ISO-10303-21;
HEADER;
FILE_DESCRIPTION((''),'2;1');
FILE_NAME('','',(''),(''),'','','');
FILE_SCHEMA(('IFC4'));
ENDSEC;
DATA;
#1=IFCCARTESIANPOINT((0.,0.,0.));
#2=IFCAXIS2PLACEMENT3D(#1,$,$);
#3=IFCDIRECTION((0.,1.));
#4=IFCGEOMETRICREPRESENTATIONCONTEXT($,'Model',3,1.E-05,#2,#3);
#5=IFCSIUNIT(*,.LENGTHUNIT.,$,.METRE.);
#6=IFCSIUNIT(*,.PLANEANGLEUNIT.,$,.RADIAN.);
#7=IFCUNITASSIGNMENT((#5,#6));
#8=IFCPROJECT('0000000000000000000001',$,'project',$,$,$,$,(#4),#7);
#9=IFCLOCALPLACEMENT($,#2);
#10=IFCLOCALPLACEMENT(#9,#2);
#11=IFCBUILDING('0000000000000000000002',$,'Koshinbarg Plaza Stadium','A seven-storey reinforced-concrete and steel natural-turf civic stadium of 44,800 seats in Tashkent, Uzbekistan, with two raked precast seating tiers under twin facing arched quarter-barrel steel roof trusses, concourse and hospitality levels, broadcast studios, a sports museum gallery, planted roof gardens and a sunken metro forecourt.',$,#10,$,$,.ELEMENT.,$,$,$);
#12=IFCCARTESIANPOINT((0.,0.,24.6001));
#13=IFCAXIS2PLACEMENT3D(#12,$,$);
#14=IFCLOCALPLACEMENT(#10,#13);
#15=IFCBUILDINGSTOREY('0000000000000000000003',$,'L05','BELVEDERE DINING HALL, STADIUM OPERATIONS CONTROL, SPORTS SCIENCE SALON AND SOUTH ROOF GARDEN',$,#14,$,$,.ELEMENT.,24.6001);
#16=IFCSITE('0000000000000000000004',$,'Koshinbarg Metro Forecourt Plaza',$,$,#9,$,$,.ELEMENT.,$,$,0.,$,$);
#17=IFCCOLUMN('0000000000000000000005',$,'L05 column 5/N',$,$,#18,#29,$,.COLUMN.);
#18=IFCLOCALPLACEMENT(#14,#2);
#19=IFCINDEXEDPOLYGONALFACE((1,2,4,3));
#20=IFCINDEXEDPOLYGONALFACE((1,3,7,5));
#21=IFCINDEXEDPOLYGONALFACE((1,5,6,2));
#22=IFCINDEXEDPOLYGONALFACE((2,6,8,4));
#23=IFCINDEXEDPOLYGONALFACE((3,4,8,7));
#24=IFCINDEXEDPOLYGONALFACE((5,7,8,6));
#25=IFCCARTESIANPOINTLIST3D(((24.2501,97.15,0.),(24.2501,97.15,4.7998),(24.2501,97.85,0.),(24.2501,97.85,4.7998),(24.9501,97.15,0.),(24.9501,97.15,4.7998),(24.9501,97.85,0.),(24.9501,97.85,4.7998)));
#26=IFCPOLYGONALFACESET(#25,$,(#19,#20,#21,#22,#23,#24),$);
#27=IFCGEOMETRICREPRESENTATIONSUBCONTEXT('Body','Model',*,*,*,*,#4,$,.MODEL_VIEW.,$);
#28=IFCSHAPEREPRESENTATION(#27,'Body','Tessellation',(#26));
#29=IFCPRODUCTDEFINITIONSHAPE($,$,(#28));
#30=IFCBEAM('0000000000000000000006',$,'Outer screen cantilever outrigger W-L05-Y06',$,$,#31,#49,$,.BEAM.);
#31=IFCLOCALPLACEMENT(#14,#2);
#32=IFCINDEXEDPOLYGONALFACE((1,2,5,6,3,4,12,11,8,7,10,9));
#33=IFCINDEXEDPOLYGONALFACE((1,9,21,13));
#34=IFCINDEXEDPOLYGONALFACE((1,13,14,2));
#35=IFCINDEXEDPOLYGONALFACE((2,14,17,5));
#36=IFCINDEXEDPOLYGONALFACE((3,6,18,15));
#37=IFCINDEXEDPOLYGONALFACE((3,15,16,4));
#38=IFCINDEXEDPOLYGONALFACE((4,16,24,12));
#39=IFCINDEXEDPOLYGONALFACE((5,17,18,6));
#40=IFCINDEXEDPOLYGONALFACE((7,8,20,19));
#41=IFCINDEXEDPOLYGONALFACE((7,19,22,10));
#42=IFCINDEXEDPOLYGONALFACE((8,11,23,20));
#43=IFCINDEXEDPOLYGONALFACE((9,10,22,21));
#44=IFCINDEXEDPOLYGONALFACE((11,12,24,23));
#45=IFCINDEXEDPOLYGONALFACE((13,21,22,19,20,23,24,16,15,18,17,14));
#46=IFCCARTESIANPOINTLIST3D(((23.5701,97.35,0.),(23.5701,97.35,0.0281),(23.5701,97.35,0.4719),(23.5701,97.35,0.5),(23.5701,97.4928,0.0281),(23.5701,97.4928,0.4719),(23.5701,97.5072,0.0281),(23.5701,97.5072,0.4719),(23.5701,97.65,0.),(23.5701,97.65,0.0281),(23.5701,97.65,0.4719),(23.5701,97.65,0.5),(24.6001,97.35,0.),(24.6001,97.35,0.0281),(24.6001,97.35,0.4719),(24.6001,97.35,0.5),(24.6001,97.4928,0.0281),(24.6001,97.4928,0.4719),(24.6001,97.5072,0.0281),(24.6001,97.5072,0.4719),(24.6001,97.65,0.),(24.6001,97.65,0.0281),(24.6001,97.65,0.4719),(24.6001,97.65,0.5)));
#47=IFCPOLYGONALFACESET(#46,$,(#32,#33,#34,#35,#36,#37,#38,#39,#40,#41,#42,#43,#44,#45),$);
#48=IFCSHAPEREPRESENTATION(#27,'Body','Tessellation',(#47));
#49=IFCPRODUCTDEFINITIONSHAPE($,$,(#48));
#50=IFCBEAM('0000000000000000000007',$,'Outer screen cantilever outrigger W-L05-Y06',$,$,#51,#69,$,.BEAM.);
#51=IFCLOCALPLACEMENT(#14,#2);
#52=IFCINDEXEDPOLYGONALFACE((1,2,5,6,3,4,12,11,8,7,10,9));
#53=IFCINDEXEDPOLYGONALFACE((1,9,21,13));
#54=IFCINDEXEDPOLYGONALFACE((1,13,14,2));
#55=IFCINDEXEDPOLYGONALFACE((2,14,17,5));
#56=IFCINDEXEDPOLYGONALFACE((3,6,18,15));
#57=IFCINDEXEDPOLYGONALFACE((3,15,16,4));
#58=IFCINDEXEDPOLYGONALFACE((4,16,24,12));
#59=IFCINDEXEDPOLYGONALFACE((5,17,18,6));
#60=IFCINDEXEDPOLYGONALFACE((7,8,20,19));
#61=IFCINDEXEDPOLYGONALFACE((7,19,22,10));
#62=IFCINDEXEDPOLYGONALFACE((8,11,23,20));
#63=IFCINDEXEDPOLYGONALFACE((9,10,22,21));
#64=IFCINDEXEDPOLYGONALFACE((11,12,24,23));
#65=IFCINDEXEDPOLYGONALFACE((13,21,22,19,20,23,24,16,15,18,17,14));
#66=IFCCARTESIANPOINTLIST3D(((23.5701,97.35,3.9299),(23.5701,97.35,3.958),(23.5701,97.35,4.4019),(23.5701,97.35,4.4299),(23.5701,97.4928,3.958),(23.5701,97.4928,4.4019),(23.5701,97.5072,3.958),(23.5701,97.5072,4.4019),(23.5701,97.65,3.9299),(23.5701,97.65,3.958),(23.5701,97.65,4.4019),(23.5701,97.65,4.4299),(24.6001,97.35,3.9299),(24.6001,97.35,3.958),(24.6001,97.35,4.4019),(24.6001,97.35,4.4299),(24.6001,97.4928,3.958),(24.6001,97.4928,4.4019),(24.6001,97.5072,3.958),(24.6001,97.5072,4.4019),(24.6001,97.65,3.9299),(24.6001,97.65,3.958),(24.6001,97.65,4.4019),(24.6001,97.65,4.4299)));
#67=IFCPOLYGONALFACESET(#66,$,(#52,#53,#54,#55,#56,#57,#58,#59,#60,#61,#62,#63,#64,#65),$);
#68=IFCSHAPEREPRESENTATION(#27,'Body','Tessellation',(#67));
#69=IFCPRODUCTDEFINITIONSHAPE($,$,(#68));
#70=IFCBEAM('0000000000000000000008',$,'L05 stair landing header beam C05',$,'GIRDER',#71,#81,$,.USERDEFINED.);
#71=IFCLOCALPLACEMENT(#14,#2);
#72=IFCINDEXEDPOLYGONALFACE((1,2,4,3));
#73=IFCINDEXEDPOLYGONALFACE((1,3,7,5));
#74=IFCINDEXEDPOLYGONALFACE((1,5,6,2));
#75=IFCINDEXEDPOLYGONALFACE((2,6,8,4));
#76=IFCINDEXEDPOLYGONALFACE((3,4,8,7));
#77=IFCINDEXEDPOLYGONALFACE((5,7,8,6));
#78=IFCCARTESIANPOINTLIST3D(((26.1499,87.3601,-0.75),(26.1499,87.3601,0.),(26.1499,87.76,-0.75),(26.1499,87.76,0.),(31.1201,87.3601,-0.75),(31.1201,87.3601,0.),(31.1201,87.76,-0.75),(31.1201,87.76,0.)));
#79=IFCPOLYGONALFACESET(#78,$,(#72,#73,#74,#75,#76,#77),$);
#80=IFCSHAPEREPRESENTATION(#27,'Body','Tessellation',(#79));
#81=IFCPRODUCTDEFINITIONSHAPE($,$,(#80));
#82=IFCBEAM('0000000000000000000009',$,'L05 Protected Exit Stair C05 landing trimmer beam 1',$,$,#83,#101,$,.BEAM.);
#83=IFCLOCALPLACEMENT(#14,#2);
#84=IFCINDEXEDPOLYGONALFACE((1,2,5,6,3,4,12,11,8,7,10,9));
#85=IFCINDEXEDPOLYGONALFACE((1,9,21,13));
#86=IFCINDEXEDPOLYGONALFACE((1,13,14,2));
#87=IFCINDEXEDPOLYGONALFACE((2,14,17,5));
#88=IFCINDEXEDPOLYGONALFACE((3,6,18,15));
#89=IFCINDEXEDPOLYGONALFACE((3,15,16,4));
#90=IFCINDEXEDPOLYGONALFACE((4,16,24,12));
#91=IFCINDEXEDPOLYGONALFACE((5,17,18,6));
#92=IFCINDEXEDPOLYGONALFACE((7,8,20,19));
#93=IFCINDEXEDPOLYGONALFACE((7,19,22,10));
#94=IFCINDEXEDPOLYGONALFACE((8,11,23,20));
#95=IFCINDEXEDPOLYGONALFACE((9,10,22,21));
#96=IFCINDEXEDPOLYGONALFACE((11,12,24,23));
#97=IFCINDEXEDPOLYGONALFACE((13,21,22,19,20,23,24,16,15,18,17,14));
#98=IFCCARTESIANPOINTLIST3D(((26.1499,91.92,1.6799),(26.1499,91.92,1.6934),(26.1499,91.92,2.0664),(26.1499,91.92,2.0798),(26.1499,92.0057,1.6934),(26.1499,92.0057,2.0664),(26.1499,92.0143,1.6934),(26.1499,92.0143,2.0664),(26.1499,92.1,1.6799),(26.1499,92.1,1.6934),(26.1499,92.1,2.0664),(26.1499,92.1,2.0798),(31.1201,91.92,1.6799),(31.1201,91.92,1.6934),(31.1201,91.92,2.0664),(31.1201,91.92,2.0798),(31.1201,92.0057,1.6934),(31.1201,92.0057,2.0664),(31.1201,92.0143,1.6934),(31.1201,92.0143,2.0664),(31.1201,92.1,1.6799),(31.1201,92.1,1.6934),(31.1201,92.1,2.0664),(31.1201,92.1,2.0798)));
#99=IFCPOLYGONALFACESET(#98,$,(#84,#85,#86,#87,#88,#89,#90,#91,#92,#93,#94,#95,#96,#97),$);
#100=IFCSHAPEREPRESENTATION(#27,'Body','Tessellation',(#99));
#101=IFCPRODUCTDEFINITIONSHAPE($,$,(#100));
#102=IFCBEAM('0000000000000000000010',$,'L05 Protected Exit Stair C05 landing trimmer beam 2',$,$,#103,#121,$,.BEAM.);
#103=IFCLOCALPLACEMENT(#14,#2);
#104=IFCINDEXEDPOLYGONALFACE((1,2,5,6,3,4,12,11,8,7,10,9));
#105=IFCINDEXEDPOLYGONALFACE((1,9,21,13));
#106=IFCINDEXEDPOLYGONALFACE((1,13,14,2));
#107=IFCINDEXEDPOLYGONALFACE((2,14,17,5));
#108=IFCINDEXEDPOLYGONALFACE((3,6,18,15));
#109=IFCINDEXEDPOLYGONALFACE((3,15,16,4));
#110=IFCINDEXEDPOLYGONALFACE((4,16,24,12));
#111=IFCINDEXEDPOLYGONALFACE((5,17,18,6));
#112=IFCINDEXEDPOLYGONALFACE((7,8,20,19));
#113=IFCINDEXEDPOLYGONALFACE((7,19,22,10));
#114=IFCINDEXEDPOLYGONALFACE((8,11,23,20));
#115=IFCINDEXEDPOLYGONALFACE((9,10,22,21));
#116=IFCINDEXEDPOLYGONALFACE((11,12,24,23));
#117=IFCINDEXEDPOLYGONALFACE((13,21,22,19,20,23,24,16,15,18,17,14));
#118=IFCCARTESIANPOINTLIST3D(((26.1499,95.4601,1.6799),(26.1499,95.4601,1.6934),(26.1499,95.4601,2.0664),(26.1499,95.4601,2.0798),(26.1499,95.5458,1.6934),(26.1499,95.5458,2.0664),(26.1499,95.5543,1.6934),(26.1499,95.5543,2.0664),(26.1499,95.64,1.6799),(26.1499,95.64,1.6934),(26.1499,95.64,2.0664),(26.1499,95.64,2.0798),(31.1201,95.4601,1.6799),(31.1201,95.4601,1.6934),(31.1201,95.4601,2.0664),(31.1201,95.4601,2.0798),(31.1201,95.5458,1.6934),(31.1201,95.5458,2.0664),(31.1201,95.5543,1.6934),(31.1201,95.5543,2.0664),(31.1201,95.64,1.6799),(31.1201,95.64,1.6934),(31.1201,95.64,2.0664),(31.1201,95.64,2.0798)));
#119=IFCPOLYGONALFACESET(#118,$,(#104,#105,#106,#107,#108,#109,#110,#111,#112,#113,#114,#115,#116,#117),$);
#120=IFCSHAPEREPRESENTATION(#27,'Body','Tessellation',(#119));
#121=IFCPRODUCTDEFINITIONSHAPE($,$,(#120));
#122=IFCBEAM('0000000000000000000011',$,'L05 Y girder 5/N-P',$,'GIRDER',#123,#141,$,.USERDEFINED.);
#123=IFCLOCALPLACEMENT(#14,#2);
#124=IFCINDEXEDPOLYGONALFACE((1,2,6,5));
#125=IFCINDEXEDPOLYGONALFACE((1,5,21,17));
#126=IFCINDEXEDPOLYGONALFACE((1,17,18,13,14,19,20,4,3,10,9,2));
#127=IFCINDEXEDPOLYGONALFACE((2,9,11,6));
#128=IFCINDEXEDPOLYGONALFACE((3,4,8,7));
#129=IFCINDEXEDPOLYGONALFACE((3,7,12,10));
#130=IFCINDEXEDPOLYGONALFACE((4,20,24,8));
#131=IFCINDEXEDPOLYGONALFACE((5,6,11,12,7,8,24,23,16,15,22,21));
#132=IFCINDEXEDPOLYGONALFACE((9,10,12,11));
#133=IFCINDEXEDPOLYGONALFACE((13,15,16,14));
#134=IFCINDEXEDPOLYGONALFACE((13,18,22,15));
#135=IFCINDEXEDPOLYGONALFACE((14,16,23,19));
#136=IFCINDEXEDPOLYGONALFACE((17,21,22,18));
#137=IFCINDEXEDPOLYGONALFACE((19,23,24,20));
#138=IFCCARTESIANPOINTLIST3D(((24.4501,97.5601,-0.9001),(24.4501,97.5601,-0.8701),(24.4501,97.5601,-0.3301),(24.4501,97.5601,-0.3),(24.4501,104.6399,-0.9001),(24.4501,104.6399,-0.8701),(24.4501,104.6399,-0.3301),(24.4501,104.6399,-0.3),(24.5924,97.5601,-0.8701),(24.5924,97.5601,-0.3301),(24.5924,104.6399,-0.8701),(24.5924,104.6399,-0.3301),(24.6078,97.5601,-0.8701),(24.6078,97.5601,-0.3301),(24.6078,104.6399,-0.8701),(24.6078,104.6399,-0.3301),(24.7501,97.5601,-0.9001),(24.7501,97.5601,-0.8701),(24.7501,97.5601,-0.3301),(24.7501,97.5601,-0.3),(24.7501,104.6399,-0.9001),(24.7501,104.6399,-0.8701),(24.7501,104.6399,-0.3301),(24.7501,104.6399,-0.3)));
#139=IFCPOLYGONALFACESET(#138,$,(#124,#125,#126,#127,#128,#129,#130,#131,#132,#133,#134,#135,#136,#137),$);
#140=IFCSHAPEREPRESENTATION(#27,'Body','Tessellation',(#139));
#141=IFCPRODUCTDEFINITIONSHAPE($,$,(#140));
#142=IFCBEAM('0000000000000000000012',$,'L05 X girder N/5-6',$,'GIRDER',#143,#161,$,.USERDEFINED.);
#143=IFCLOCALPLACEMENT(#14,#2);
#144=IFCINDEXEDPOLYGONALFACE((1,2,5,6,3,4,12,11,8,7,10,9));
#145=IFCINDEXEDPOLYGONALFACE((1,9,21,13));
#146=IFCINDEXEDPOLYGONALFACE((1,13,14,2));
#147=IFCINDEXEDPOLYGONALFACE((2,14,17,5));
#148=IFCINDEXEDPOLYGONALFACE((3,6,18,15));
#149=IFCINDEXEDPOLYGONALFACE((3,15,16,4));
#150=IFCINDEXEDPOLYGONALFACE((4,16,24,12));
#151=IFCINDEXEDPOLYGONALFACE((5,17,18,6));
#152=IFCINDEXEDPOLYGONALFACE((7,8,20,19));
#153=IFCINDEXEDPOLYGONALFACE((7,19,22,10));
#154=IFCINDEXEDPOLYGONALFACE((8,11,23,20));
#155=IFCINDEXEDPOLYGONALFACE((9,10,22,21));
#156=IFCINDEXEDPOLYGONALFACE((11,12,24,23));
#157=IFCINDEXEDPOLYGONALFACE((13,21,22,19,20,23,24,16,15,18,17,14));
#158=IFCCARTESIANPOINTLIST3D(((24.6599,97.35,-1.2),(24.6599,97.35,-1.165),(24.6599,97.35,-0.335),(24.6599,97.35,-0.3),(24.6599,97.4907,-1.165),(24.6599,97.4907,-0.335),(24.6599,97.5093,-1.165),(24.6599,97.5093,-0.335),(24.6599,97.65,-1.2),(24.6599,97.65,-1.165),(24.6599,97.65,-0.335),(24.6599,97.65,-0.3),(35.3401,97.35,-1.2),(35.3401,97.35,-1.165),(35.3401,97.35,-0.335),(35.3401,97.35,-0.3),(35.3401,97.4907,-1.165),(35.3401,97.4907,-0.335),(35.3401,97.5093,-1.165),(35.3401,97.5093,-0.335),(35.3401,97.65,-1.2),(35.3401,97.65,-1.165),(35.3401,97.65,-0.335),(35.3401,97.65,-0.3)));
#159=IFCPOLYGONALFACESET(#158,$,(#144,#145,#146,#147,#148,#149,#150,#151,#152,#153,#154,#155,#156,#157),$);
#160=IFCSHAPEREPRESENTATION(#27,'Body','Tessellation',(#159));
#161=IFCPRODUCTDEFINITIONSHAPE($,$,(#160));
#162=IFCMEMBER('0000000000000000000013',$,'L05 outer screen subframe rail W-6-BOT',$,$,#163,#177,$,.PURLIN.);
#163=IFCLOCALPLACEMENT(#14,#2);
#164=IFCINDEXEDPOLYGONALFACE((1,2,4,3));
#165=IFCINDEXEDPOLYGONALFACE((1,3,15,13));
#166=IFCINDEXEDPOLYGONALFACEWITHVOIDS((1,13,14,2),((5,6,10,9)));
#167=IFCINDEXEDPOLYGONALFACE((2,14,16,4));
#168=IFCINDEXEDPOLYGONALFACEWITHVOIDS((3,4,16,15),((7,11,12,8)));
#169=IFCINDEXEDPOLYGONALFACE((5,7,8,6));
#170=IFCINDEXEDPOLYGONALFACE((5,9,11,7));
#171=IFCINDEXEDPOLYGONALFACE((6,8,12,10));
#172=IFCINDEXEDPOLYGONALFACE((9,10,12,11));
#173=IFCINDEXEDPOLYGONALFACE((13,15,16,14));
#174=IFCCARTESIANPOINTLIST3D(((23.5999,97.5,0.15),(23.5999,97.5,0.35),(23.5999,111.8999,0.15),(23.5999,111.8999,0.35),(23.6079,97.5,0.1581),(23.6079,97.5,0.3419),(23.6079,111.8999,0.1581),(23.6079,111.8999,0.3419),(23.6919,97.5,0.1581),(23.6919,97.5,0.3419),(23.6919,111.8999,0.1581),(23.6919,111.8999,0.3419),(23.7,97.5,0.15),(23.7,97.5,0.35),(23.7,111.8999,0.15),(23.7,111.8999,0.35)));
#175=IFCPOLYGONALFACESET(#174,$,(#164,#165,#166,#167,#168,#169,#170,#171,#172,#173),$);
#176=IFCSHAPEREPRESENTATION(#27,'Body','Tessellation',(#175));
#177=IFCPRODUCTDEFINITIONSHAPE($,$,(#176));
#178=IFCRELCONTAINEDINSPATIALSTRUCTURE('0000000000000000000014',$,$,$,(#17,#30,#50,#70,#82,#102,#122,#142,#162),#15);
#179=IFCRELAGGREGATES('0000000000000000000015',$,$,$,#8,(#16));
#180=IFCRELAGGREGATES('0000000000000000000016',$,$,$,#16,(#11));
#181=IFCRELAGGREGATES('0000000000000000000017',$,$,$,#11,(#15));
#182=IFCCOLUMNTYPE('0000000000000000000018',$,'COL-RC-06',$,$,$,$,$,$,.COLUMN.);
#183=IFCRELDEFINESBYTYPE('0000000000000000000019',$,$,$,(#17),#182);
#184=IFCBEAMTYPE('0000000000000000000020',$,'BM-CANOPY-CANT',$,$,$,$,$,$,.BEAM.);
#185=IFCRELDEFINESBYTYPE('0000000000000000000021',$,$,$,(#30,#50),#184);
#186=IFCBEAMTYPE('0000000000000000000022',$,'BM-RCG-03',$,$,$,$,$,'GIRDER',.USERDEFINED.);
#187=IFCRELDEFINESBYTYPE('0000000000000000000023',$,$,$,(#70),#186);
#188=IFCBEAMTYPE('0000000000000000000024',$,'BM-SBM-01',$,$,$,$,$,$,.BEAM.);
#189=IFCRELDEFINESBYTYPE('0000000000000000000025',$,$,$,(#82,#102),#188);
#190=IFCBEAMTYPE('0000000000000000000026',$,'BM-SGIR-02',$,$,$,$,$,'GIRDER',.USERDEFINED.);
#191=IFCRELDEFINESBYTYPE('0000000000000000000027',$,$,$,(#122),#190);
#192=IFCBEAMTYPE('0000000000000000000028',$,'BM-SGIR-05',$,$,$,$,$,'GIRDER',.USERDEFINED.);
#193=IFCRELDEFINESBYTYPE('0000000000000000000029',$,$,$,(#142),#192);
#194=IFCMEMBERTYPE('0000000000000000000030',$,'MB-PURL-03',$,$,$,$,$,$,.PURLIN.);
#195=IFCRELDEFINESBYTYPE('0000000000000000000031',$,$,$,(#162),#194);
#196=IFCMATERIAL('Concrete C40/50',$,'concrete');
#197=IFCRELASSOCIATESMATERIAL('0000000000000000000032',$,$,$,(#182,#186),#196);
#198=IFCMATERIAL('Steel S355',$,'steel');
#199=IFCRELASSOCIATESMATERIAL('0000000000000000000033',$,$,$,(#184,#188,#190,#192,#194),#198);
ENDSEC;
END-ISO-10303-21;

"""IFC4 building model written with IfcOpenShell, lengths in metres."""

from ifc_helpers import new_model, si_unit, direction, frame, origin, origin_2d, place, context, subcontext, project, spatial, rectangle, hollow_rectangle, i_section, extrude, material, material_profile, profile_set, type_object, element, save


model = new_model("IFC4")

# Units and contexts
model_context = context("Model", 3, precision=1e-05, world=origin(), true_north=direction((0.0, 1.0)))
body_context = subcontext(model_context, "Body", "Model", "MODEL_VIEW")
ifc_project = project(units=[si_unit("LENGTHUNIT", "METRE"), si_unit("PLANEANGLEUNIT", "RADIAN")], contexts=[model_context])

# Site, building, storey
site_placement = place(None, origin())
site = spatial("IfcSite", under=ifc_project, at=site_placement, Name="Koshinbarg Metro Forecourt Plaza", CompositionType="ELEMENT", RefElevation=0.0)
building_placement = place(site_placement, origin())
building = spatial("IfcBuilding", under=site, at=building_placement, Name="Koshinbarg Plaza Stadium", Description="A seven-storey reinforced-concrete and steel natural-turf civic stadium of 44,800 seats in Tashkent, Uzbekistan, with two raked precast seating tiers under twin facing arched quarter-barrel steel roof trusses, concourse and hospitality levels, broadcast studios, a sports museum gallery, planted roof gardens and a sunken metro forecourt.", CompositionType="ELEMENT")
storey_placement = place(building_placement, frame((0.0, 0.0, 24.6001)))
storey = spatial("IfcBuildingStorey", under=building, at=storey_placement, Name="L05", Description="BELVEDERE DINING HALL, STADIUM OPERATIONS CONTROL, SPORTS SCIENCE SALON AND SOUTH ROOF GARDEN", CompositionType="ELEMENT", Elevation=24.6001)

# Column
ifc_material_1 = material(Name="Concrete C40/50", Category="concrete")
ifc_material_profile_1 = material_profile(ifc_material_1, rectangle(XDim=0.7, YDim=0.7, at=origin_2d()), Name="RC 700x700")
ifc_profile_set_1 = profile_set([ifc_material_profile_1], Name="Concrete C40/50")
column_type = type_object("IfcColumnType", Name="COL-RC-06", PredefinedType="COLUMN", material=ifc_profile_set_1)
column_placement = place(storey_placement, frame((24.6001, 97.5, 0.0), z_axis=(0.0, 0.0, 1.0), x_axis=(1.0, 0.0, 0.0)))
element("IfcColumn", 1, at=column_placement, inside=storey, type_object=column_type, Name="L05 column 5/N", PredefinedType="COLUMN", context=body_context, shape_type="SweptSolid", body=[
    extrude(rectangle(XDim=0.7, YDim=0.7, at=origin_2d()), origin(), (0.0, 0.0, 1.0), 4.7998),
])

# Beams
ifc_material_2 = material(Name="Steel S355", Category="steel")
ifc_material_profile_2 = material_profile(ifc_material_2, i_section(OverallWidth=0.3, OverallDepth=0.5, WebThickness=0.0144, FlangeThickness=0.0281, at=origin_2d()), Name="HEB 500")
ifc_profile_set_2 = profile_set([ifc_material_profile_2], Name="Steel S355")
beam_type_1 = type_object("IfcBeamType", Name="BM-CANOPY-CANT", PredefinedType="BEAM", material=ifc_profile_set_2)
for number, where, z_axis, x_axis, name in (
    (2, (24.6001, 97.5, 0.25), (-1.0, 0.0, 0.0), (0.0, -1.0, 0.0), "Outer screen cantilever outrigger W-L05-Y06"),
    (3, (24.6001, 97.5, 4.1799), (-1.0, 0.0, 0.0), (0.0, -1.0, 0.0), "Outer screen cantilever outrigger W-L05-Y06"),
):
    element("IfcBeam", number, at=place(storey_placement, frame(where, z_axis=z_axis, x_axis=x_axis)), inside=storey, type_object=beam_type_1, Name=name, PredefinedType="BEAM", context=body_context, shape_type="SweptSolid", body=[
        extrude(i_section(OverallWidth=0.3, OverallDepth=0.5, WebThickness=0.0144, FlangeThickness=0.0281, at=origin_2d()), origin(), (0.0, 0.0, 1.0), 1.03),
    ])
ifc_material_profile_3 = material_profile(ifc_material_1, rectangle(XDim=0.3999, YDim=0.75, at=origin_2d()), Name="RC 400x750")
ifc_profile_set_3 = profile_set([ifc_material_profile_3], Name="Concrete C40/50")
beam_type_2 = type_object("IfcBeamType", Name="BM-RCG-03", ElementType="GIRDER", PredefinedType="USERDEFINED", material=ifc_profile_set_3)
beam_1_placement = place(storey_placement, frame((26.1499, 87.5601, -0.375), z_axis=(1.0, 0.0, 0.0), x_axis=(0.0, 1.0, 0.0)))
element("IfcBeam", 4, at=beam_1_placement, inside=storey, type_object=beam_type_2, Name="L05 stair landing header beam C05", ObjectType="GIRDER", PredefinedType="USERDEFINED", context=body_context, shape_type="SweptSolid", body=[
    extrude(rectangle(XDim=0.3999, YDim=0.75, at=origin_2d()), origin(), (0.0, 0.0, 1.0), 4.9702),
])
ifc_material_profile_4 = material_profile(ifc_material_2, i_section(OverallWidth=0.1799, OverallDepth=0.3999, WebThickness=0.0085, FlangeThickness=0.0134, at=origin_2d()), Name="IPE 400")
ifc_profile_set_4 = profile_set([ifc_material_profile_4], Name="Steel S355")
beam_type_3 = type_object("IfcBeamType", Name="BM-SBM-01", PredefinedType="BEAM", material=ifc_profile_set_4)
for number, where, z_axis, x_axis, name in (
    (5, (26.1499, 92.01, 1.8799), (1.0, 0.0, 0.0), (0.0, 1.0, 0.0), "L05 Protected Exit Stair C05 landing trimmer beam 1"),
    (6, (26.1499, 95.55, 1.8799), (1.0, 0.0, 0.0), (0.0, 1.0, 0.0), "L05 Protected Exit Stair C05 landing trimmer beam 2"),
):
    element("IfcBeam", number, at=place(storey_placement, frame(where, z_axis=z_axis, x_axis=x_axis)), inside=storey, type_object=beam_type_3, Name=name, PredefinedType="BEAM", context=body_context, shape_type="SweptSolid", body=[
        extrude(i_section(OverallWidth=0.1799, OverallDepth=0.3999, WebThickness=0.0085, FlangeThickness=0.0134, at=origin_2d()), origin(), (0.0, 0.0, 1.0), 4.9702),
    ])
ifc_material_profile_5 = material_profile(ifc_material_2, i_section(OverallWidth=0.3, OverallDepth=0.6001, WebThickness=0.0154, FlangeThickness=0.03, at=origin_2d()), Name="HEB 600")
ifc_profile_set_5 = profile_set([ifc_material_profile_5], Name="Steel S355")
beam_type_4 = type_object("IfcBeamType", Name="BM-SGIR-02", ElementType="GIRDER", PredefinedType="USERDEFINED", material=ifc_profile_set_5)
beam_2_placement = place(storey_placement, frame((24.6001, 97.5601, -0.6001), z_axis=(0.0, 1.0, 0.0), x_axis=(-1.0, 0.0, 0.0)))
element("IfcBeam", 7, at=beam_2_placement, inside=storey, type_object=beam_type_4, Name="L05 Y girder 5/N-P", ObjectType="GIRDER", PredefinedType="USERDEFINED", context=body_context, shape_type="SweptSolid", body=[
    extrude(i_section(OverallWidth=0.3, OverallDepth=0.6001, WebThickness=0.0154, FlangeThickness=0.03, at=origin_2d()), origin(), (0.0, 0.0, 1.0), 7.0798),
])
ifc_material_profile_6 = material_profile(ifc_material_2, i_section(OverallWidth=0.3, OverallDepth=0.8999, WebThickness=0.0186, FlangeThickness=0.0349, at=origin_2d()), Name="HEB 900")
ifc_profile_set_6 = profile_set([ifc_material_profile_6], Name="Steel S355")
beam_type_5 = type_object("IfcBeamType", Name="BM-SGIR-05", ElementType="GIRDER", PredefinedType="USERDEFINED", material=ifc_profile_set_6)
beam_3_placement = place(storey_placement, frame((24.6599, 97.5, -0.75), z_axis=(1.0, 0.0, 0.0), x_axis=(0.0, 1.0, 0.0)))
element("IfcBeam", 8, at=beam_3_placement, inside=storey, type_object=beam_type_5, Name="L05 X girder N/5-6", ObjectType="GIRDER", PredefinedType="USERDEFINED", context=body_context, shape_type="SweptSolid", body=[
    extrude(i_section(OverallWidth=0.3, OverallDepth=0.8999, WebThickness=0.0186, FlangeThickness=0.0349, at=origin_2d()), origin(), (0.0, 0.0, 1.0), 10.6802),
])

# Member
ifc_material_profile_7 = material_profile(ifc_material_2, hollow_rectangle(XDim=0.1001, YDim=0.2, WallThickness=0.0081, at=origin_2d()), Name="RHS 200x100x8")
ifc_profile_set_7 = profile_set([ifc_material_profile_7], Name="Steel S355")
member_type = type_object("IfcMemberType", Name="MB-PURL-03", PredefinedType="PURLIN", material=ifc_profile_set_7)
for number, where, z_axis, x_axis, name in (
    (9, (23.6499, 97.5, 0.25), (0.0, 1.0, 0.0), (-1.0, 0.0, 0.0), "L05 outer screen subframe rail W-6-BOT"),
):
    element("IfcMember", number, at=place(storey_placement, frame(where, z_axis=z_axis, x_axis=x_axis)), inside=storey, type_object=member_type, Name=name, PredefinedType="PURLIN", context=body_context, shape_type="SweptSolid", body=[
        extrude(hollow_rectangle(XDim=0.1001, YDim=0.2, WallThickness=0.0081, at=origin_2d()), origin(), (0.0, 0.0, 1.0), 14.3999),
    ])

save(model, "model.ifc")
